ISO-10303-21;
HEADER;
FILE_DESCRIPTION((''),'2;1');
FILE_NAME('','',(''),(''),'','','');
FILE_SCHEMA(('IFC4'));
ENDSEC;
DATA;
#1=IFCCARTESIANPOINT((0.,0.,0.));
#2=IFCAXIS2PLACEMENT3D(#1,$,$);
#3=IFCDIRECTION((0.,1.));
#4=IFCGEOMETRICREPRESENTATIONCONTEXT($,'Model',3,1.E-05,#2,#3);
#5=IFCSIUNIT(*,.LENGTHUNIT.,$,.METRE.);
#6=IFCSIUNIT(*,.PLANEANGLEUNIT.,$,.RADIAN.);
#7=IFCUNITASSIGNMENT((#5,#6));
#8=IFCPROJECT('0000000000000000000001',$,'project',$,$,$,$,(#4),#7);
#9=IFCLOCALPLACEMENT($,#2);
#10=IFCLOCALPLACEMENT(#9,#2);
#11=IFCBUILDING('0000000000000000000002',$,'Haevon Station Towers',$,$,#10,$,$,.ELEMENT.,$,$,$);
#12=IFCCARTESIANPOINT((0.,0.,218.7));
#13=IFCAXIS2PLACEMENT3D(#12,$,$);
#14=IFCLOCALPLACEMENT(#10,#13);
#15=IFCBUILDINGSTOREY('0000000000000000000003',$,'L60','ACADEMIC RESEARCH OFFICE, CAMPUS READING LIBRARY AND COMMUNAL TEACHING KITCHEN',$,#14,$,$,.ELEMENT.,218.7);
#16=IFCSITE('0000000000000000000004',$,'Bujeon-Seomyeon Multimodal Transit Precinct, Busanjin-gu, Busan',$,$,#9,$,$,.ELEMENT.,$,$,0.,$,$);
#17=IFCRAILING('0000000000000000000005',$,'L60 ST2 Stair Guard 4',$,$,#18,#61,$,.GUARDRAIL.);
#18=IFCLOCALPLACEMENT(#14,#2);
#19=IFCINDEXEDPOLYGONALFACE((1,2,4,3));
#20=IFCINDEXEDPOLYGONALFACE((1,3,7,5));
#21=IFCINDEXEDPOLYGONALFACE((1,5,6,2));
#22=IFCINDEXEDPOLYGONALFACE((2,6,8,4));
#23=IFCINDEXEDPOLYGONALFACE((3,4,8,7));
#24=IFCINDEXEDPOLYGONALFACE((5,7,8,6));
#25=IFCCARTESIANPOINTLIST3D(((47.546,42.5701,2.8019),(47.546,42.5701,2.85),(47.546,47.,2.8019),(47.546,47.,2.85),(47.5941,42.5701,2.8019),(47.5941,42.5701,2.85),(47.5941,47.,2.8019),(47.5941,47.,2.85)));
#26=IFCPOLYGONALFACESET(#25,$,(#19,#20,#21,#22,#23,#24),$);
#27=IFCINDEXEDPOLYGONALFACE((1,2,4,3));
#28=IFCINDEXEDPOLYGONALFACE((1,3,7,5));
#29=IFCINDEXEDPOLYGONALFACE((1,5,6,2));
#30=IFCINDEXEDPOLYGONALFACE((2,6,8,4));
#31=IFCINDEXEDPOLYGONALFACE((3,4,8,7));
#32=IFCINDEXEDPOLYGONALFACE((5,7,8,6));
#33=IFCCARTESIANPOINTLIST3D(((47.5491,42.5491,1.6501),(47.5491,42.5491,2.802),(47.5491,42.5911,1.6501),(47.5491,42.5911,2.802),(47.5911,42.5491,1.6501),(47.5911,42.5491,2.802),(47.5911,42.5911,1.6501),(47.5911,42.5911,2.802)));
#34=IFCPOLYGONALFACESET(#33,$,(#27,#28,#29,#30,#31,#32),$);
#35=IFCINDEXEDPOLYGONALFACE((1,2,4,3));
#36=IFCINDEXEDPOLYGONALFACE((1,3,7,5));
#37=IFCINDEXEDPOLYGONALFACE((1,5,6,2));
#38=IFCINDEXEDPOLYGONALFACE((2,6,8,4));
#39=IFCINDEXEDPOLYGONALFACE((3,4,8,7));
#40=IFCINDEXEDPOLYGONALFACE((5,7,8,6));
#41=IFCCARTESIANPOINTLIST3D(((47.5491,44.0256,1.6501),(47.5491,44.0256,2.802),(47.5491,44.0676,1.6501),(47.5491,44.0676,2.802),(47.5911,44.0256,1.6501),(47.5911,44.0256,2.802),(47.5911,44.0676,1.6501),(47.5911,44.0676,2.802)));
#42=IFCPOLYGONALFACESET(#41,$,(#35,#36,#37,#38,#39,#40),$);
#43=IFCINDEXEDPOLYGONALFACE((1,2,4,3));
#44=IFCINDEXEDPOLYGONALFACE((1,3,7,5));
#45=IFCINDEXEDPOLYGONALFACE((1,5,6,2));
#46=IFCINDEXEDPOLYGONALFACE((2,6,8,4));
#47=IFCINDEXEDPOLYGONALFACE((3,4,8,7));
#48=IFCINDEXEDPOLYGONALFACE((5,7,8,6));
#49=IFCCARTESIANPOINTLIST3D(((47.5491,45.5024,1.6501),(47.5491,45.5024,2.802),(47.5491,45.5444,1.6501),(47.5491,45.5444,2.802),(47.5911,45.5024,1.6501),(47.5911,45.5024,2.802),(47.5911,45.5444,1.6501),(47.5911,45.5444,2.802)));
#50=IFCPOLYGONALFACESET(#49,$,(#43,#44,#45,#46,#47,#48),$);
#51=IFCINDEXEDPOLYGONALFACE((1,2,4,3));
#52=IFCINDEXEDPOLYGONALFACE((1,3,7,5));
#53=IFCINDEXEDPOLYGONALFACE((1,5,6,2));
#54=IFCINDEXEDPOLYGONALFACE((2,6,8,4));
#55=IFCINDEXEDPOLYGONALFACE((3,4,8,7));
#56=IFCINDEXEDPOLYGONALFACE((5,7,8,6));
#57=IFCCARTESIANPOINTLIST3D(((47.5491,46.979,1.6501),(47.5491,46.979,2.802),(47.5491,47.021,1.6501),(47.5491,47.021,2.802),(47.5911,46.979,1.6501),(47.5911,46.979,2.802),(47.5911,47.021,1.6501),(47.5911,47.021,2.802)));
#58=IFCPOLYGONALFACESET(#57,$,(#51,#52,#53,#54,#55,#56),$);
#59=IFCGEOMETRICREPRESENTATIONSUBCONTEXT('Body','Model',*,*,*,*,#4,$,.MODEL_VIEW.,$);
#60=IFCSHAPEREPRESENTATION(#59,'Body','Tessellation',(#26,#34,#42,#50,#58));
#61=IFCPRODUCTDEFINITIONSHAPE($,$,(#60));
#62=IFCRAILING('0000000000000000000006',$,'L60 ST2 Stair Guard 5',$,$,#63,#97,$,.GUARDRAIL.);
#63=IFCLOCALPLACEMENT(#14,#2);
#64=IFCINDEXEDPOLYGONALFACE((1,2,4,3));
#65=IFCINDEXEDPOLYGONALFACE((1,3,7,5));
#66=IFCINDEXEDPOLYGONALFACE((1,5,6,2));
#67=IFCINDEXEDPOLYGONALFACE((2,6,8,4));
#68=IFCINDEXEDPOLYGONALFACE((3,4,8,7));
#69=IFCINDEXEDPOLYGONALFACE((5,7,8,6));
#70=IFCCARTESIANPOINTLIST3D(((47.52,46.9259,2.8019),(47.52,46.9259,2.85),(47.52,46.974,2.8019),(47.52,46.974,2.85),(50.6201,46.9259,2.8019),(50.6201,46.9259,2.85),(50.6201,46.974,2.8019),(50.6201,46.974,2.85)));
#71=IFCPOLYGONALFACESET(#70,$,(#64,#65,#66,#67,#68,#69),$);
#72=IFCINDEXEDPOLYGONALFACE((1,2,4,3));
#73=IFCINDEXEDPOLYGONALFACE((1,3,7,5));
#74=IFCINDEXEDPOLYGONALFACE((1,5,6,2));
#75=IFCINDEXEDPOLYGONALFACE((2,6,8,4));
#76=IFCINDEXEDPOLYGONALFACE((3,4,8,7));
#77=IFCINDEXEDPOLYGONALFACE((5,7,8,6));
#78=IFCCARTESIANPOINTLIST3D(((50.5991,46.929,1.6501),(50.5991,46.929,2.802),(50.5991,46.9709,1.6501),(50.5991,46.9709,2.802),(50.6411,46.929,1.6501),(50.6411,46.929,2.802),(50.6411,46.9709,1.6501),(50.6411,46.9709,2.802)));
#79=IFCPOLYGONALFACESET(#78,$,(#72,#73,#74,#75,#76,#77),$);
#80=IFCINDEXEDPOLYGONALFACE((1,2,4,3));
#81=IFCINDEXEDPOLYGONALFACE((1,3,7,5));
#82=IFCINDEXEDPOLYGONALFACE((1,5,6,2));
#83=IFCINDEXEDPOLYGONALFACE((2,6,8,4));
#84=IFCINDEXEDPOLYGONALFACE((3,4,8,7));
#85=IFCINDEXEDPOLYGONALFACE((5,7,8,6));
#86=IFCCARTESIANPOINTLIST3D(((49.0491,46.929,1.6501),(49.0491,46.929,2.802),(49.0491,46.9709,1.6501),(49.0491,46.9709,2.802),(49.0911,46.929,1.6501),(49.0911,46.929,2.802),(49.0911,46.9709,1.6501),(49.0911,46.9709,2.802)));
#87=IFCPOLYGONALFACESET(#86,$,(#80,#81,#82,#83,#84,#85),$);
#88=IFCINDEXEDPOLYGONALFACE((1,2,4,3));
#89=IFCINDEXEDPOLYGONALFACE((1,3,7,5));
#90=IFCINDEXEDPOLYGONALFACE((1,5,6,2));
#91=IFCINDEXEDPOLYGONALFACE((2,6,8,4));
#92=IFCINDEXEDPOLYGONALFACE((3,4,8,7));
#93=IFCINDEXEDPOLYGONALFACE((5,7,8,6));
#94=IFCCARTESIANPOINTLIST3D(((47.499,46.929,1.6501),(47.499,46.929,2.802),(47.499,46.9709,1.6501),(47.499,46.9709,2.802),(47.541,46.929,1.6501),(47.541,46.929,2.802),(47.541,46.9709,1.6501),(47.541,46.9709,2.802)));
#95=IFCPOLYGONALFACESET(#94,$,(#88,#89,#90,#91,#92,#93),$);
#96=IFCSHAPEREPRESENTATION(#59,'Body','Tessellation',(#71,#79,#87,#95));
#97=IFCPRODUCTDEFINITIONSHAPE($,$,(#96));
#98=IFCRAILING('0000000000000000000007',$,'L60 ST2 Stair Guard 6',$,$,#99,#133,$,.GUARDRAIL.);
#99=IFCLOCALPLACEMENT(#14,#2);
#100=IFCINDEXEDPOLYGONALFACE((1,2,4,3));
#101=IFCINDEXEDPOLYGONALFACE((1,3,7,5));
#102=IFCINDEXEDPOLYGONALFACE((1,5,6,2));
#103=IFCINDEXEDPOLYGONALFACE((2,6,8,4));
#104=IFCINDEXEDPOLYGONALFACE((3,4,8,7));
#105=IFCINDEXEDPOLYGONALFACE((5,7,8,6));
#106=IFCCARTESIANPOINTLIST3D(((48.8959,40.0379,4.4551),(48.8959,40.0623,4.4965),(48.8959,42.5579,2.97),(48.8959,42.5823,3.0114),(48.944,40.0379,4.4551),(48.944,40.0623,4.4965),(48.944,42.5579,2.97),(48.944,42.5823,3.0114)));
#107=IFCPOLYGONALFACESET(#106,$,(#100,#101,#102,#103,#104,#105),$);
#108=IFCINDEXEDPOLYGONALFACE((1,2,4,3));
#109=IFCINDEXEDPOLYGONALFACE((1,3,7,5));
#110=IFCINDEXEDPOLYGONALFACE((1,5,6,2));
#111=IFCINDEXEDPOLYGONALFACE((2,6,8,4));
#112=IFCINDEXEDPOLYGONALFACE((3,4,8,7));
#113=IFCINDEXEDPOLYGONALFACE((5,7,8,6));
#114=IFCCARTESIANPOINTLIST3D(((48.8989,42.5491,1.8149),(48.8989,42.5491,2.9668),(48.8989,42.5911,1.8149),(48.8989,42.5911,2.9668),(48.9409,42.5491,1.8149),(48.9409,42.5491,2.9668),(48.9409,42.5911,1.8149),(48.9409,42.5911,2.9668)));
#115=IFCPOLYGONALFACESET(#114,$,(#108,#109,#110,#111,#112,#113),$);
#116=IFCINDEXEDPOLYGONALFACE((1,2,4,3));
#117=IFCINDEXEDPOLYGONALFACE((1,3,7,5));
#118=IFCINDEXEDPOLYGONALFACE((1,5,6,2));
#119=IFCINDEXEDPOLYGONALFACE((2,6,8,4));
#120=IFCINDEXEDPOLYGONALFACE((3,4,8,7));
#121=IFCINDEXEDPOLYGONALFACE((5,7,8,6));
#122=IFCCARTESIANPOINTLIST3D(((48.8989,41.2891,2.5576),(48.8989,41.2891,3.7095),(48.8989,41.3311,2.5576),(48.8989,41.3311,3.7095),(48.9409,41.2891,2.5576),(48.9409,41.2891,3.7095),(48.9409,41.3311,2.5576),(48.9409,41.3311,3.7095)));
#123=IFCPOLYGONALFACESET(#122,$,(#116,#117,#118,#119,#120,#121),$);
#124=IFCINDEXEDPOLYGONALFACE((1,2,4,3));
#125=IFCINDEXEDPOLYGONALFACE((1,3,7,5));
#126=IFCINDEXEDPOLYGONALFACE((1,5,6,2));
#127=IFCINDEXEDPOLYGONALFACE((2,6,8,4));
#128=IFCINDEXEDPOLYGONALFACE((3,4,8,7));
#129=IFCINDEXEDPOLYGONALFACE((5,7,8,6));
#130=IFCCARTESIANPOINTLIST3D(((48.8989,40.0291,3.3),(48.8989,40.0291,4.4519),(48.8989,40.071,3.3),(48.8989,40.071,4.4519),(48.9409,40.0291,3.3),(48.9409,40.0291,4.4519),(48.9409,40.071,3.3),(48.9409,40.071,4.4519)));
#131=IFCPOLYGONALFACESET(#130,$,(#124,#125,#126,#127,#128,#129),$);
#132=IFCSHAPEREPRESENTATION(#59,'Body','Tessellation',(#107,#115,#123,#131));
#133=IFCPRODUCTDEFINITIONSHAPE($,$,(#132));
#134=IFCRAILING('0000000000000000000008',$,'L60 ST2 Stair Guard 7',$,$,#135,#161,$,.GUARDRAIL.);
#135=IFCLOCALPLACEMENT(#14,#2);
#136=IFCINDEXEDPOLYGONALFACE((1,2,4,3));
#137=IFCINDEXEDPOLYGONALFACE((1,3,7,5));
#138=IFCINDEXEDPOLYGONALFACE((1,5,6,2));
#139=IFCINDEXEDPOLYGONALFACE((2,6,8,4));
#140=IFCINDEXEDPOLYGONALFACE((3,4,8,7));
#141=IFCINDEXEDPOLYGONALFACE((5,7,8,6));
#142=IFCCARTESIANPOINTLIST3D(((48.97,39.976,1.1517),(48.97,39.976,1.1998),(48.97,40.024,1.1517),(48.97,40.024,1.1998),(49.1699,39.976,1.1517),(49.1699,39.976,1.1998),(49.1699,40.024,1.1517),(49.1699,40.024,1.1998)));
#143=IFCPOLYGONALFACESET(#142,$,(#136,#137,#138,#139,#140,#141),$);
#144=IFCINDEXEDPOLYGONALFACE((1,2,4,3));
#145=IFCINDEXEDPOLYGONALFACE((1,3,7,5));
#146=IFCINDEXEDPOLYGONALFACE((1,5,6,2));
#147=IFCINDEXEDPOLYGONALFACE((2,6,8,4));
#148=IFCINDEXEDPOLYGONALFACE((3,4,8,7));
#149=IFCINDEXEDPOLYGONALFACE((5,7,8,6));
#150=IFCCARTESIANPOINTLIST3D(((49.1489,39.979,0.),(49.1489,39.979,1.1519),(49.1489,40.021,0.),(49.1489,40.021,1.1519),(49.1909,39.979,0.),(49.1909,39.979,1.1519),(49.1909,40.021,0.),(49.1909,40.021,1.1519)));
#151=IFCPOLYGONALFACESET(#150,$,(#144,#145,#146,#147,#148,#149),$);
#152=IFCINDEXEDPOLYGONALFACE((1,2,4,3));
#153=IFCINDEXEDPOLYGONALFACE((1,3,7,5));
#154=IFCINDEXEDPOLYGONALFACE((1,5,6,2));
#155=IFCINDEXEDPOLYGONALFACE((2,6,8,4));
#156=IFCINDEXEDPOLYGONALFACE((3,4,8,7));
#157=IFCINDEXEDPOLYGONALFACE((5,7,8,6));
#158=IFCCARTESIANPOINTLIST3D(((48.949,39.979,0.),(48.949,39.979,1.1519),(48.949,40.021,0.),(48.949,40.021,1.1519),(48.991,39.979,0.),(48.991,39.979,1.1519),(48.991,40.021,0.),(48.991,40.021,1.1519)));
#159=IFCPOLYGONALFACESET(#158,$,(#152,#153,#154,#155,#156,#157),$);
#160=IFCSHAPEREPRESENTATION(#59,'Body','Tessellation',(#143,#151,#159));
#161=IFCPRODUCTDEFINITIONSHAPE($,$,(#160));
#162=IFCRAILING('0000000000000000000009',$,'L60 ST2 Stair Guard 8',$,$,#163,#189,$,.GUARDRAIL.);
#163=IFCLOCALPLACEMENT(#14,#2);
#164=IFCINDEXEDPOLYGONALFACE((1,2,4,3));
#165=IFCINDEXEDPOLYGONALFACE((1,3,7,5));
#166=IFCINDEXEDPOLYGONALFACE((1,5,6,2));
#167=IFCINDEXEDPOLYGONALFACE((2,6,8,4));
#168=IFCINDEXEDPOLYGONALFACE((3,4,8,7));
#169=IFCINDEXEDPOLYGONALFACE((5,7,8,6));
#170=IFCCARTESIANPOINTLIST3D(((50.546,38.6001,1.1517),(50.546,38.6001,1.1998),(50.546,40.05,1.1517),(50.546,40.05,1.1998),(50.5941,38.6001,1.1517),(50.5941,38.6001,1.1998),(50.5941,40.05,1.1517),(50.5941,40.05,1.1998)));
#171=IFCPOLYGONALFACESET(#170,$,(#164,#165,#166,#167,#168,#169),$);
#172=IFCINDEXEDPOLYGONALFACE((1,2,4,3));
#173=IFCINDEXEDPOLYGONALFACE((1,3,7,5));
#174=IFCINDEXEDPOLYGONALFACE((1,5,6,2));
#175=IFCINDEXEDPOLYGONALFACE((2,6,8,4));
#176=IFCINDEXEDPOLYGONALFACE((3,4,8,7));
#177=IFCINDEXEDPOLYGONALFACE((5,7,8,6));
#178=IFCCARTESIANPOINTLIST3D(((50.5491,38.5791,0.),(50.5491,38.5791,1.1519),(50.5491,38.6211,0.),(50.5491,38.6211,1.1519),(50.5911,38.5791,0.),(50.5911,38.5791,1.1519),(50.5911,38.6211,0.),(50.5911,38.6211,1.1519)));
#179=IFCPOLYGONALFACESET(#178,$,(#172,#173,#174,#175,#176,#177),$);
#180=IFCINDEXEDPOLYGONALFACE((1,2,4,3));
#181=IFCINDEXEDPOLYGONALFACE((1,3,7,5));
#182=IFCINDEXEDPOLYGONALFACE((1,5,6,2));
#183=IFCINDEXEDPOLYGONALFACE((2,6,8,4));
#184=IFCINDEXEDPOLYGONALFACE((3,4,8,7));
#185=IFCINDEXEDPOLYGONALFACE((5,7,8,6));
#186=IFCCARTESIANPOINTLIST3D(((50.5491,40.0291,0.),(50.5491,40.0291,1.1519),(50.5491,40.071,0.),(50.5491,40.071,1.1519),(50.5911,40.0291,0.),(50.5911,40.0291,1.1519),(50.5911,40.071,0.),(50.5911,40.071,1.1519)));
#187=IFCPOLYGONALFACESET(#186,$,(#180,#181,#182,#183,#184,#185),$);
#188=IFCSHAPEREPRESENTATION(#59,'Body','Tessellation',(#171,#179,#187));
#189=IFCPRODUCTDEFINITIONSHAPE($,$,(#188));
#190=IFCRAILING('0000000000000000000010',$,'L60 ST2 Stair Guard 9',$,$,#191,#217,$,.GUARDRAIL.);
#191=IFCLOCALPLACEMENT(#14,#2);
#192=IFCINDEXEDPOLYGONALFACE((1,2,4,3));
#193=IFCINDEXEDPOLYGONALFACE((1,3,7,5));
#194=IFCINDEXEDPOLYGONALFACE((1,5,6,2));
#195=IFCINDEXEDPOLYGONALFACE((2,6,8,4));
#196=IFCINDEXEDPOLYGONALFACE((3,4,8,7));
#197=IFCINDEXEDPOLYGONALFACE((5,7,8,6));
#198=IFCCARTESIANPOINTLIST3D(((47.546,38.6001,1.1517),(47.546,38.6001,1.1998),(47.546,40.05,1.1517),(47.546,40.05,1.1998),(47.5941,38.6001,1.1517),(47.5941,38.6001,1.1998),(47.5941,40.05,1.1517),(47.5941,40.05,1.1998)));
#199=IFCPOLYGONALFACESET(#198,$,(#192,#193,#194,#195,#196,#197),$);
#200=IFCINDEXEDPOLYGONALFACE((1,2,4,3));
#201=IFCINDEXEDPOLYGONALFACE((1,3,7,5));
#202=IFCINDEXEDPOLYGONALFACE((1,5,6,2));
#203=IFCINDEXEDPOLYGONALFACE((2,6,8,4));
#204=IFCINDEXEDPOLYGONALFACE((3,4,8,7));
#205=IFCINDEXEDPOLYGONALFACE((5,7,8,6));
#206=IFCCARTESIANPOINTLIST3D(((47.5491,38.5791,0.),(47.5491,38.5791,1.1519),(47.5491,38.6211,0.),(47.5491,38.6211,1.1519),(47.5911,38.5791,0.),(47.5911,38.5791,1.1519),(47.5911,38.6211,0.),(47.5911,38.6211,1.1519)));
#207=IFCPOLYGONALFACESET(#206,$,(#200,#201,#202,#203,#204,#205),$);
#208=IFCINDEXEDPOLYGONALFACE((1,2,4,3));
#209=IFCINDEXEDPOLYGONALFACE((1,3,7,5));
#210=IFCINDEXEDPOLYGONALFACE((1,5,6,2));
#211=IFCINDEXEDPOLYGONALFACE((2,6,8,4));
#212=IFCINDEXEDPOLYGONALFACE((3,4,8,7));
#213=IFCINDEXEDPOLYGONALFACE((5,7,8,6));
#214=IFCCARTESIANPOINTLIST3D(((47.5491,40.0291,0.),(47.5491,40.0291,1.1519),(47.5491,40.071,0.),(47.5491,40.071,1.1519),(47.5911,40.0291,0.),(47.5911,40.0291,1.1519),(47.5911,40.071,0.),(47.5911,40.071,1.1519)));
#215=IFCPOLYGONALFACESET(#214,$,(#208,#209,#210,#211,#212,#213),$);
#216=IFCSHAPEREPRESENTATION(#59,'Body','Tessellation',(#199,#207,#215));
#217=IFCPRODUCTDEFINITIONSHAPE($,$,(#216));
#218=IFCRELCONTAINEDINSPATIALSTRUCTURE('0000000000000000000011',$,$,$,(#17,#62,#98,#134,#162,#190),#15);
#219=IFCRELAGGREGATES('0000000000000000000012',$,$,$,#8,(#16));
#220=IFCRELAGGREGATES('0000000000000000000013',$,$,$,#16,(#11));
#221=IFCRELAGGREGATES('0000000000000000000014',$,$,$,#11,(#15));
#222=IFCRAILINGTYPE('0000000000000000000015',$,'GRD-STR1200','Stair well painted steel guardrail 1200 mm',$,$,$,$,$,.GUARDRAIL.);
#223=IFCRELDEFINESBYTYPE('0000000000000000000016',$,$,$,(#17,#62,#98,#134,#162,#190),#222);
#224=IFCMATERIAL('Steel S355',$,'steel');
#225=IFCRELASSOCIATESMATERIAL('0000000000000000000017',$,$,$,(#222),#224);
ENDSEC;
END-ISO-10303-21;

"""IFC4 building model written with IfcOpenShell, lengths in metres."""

from ifc_helpers import new_model, si_unit, direction, frame, origin, origin_2d, place, context, subcontext, project, spatial, rectangle, extrude, material, type_object, element, save


model = new_model("IFC4")

# Units and contexts
model_context = context("Model", 3, precision=1e-05, world=origin(), true_north=direction((0.0, 1.0)))
body_context = subcontext(model_context, "Body", "Model", "MODEL_VIEW")
ifc_project = project(units=[si_unit("LENGTHUNIT", "METRE"), si_unit("PLANEANGLEUNIT", "RADIAN")], contexts=[model_context])

# Site, building, storey
site_placement = place(None, origin())
site = spatial("IfcSite", under=ifc_project, at=site_placement, Name="Bujeon-Seomyeon Multimodal Transit Precinct, Busanjin-gu, Busan", CompositionType="ELEMENT", RefElevation=0.0)
building_placement = place(site_placement, origin())
building = spatial("IfcBuilding", under=site, at=building_placement, Name="Haevon Station Towers", CompositionType="ELEMENT")
storey_placement = place(building_placement, frame((0.0, 0.0, 218.7)))
storey = spatial("IfcBuildingStorey", under=building, at=storey_placement, Name="L60", Description="ACADEMIC RESEARCH OFFICE, CAMPUS READING LIBRARY AND COMMUNAL TEACHING KITCHEN", CompositionType="ELEMENT", Elevation=218.7)

# Shared definitions
ifc_material_1 = material(Name="Steel S355", Category="steel")

# Railings
railing_type_1 = type_object("IfcRailingType", Name="GRD-STR1200", Description="Stair well painted steel guardrail 1200 mm", PredefinedType="GUARDRAIL", material=ifc_material_1)
for number, where, name in (
    (1, (47.5701, 42.5701, 1.6501), "L60 ST2 Stair Guard 4"),
):
    element("IfcRailing", number, at=place(storey_placement, frame(where)), inside=storey, type_object=railing_type_1, Name=name, PredefinedType="GUARDRAIL", context=body_context, shape_type="SweptSolid", body=[
        extrude(rectangle(XDim=0.0481, YDim=0.0481, at=origin_2d()), frame((0.0, 0.0, 1.1758), z_axis=(0.0, 1.0, 0.0), x_axis=(-1.0, 0.0, 0.0)), (0.0, 0.0, 1.0), 4.4299),
        extrude(rectangle(XDim=0.042, YDim=0.042, at=origin_2d()), origin(), (0.0, 0.0, 1.0), 1.1519),
        extrude(rectangle(XDim=0.042, YDim=0.042, at=origin_2d()), frame((0.0, 1.4766, 0.0)), (0.0, 0.0, 1.0), 1.1519),
        extrude(rectangle(XDim=0.042, YDim=0.042, at=origin_2d()), frame((0.0, 2.9534, 0.0)), (0.0, 0.0, 1.0), 1.1519),
        extrude(rectangle(XDim=0.042, YDim=0.042, at=origin_2d()), frame((0.0, 4.4299, 0.0)), (0.0, 0.0, 1.0), 1.1519),
    ])
railing_1_placement = place(storey_placement, frame((50.6201, 46.95, 1.6501)))
element("IfcRailing", 2, at=railing_1_placement, inside=storey, type_object=railing_type_1, Name="L60 ST2 Stair Guard 5", PredefinedType="GUARDRAIL", context=body_context, shape_type="SweptSolid", body=[
    extrude(rectangle(XDim=0.0481, YDim=0.0481, at=origin_2d()), frame((0.0, 0.0, 1.1758), z_axis=(-1.0, 0.0, 0.0), x_axis=(0.0, -1.0, 0.0)), (0.0, 0.0, 1.0), 3.1001),
    extrude(rectangle(XDim=0.042, YDim=0.042, at=origin_2d()), origin(), (0.0, 0.0, 1.0), 1.1519),
    extrude(rectangle(XDim=0.042, YDim=0.042, at=origin_2d()), frame((-1.55, 0.0, 0.0)), (0.0, 0.0, 1.0), 1.1519),
    extrude(rectangle(XDim=0.042, YDim=0.042, at=origin_2d()), frame((-3.1001, 0.0, 0.0)), (0.0, 0.0, 1.0), 1.1519),
])
railing_2_placement = place(storey_placement, frame((48.9199, 42.5701, 1.8149)))
element("IfcRailing", 3, at=railing_2_placement, inside=storey, type_object=railing_type_1, Name="L60 ST2 Stair Guard 6", PredefinedType="GUARDRAIL", context=body_context, shape_type="SweptSolid", body=[
    extrude(rectangle(XDim=0.0481, YDim=0.0481, at=origin_2d()), frame((0.0, 0.0, 1.1758), z_axis=(0.0, -0.861524, 0.507717), x_axis=(1.0, 0.0, 0.0)), (0.0, 0.0, 1.0), 2.925),
    extrude(rectangle(XDim=0.042, YDim=0.042, at=origin_2d()), origin(), (0.0, 0.0, 1.0), 1.1519),
    extrude(rectangle(XDim=0.042, YDim=0.042, at=origin_2d()), frame((0.0, -1.26, 0.7427)), (0.0, 0.0, 1.0), 1.1519),
    extrude(rectangle(XDim=0.042, YDim=0.042, at=origin_2d()), frame((0.0, -2.52, 1.4851)), (0.0, 0.0, 1.0), 1.1519),
])
railing_3_placement = place(storey_placement, frame((49.1699, 40.0, 0.0)))
element("IfcRailing", 4, at=railing_3_placement, inside=storey, type_object=railing_type_1, Name="L60 ST2 Stair Guard 7", PredefinedType="GUARDRAIL", context=body_context, shape_type="SweptSolid", body=[
    extrude(rectangle(XDim=0.0481, YDim=0.0481, at=origin_2d()), frame((0.0, 0.0, 1.1758), z_axis=(-1.0, 0.0, 0.0), x_axis=(0.0, -1.0, 0.0)), (0.0, 0.0, 1.0), 0.2),
    extrude(rectangle(XDim=0.042, YDim=0.042, at=origin_2d()), origin(), (0.0, 0.0, 1.0), 1.1519),
    extrude(rectangle(XDim=0.042, YDim=0.042, at=origin_2d()), frame((-0.2, 0.0, 0.0)), (0.0, 0.0, 1.0), 1.1519),
])
for number, where, name in (
    (5, (50.5701, 38.6001, 0.0), "L60 ST2 Stair Guard 8"),
    (6, (47.5701, 38.6001, 0.0), "L60 ST2 Stair Guard 9"),
):
    element("IfcRailing", number, at=place(storey_placement, frame(where)), inside=storey, type_object=railing_type_1, Name=name, PredefinedType="GUARDRAIL", context=body_context, shape_type="SweptSolid", body=[
        extrude(rectangle(XDim=0.0481, YDim=0.0481, at=origin_2d()), frame((0.0, 0.0, 1.1758), z_axis=(0.0, 1.0, 0.0), x_axis=(-1.0, 0.0, 0.0)), (0.0, 0.0, 1.0), 1.45),
        extrude(rectangle(XDim=0.042, YDim=0.042, at=origin_2d()), origin(), (0.0, 0.0, 1.0), 1.1519),
        extrude(rectangle(XDim=0.042, YDim=0.042, at=origin_2d()), frame((0.0, 1.45, 0.0)), (0.0, 0.0, 1.0), 1.1519),
    ])

save(model, "model.ifc")
